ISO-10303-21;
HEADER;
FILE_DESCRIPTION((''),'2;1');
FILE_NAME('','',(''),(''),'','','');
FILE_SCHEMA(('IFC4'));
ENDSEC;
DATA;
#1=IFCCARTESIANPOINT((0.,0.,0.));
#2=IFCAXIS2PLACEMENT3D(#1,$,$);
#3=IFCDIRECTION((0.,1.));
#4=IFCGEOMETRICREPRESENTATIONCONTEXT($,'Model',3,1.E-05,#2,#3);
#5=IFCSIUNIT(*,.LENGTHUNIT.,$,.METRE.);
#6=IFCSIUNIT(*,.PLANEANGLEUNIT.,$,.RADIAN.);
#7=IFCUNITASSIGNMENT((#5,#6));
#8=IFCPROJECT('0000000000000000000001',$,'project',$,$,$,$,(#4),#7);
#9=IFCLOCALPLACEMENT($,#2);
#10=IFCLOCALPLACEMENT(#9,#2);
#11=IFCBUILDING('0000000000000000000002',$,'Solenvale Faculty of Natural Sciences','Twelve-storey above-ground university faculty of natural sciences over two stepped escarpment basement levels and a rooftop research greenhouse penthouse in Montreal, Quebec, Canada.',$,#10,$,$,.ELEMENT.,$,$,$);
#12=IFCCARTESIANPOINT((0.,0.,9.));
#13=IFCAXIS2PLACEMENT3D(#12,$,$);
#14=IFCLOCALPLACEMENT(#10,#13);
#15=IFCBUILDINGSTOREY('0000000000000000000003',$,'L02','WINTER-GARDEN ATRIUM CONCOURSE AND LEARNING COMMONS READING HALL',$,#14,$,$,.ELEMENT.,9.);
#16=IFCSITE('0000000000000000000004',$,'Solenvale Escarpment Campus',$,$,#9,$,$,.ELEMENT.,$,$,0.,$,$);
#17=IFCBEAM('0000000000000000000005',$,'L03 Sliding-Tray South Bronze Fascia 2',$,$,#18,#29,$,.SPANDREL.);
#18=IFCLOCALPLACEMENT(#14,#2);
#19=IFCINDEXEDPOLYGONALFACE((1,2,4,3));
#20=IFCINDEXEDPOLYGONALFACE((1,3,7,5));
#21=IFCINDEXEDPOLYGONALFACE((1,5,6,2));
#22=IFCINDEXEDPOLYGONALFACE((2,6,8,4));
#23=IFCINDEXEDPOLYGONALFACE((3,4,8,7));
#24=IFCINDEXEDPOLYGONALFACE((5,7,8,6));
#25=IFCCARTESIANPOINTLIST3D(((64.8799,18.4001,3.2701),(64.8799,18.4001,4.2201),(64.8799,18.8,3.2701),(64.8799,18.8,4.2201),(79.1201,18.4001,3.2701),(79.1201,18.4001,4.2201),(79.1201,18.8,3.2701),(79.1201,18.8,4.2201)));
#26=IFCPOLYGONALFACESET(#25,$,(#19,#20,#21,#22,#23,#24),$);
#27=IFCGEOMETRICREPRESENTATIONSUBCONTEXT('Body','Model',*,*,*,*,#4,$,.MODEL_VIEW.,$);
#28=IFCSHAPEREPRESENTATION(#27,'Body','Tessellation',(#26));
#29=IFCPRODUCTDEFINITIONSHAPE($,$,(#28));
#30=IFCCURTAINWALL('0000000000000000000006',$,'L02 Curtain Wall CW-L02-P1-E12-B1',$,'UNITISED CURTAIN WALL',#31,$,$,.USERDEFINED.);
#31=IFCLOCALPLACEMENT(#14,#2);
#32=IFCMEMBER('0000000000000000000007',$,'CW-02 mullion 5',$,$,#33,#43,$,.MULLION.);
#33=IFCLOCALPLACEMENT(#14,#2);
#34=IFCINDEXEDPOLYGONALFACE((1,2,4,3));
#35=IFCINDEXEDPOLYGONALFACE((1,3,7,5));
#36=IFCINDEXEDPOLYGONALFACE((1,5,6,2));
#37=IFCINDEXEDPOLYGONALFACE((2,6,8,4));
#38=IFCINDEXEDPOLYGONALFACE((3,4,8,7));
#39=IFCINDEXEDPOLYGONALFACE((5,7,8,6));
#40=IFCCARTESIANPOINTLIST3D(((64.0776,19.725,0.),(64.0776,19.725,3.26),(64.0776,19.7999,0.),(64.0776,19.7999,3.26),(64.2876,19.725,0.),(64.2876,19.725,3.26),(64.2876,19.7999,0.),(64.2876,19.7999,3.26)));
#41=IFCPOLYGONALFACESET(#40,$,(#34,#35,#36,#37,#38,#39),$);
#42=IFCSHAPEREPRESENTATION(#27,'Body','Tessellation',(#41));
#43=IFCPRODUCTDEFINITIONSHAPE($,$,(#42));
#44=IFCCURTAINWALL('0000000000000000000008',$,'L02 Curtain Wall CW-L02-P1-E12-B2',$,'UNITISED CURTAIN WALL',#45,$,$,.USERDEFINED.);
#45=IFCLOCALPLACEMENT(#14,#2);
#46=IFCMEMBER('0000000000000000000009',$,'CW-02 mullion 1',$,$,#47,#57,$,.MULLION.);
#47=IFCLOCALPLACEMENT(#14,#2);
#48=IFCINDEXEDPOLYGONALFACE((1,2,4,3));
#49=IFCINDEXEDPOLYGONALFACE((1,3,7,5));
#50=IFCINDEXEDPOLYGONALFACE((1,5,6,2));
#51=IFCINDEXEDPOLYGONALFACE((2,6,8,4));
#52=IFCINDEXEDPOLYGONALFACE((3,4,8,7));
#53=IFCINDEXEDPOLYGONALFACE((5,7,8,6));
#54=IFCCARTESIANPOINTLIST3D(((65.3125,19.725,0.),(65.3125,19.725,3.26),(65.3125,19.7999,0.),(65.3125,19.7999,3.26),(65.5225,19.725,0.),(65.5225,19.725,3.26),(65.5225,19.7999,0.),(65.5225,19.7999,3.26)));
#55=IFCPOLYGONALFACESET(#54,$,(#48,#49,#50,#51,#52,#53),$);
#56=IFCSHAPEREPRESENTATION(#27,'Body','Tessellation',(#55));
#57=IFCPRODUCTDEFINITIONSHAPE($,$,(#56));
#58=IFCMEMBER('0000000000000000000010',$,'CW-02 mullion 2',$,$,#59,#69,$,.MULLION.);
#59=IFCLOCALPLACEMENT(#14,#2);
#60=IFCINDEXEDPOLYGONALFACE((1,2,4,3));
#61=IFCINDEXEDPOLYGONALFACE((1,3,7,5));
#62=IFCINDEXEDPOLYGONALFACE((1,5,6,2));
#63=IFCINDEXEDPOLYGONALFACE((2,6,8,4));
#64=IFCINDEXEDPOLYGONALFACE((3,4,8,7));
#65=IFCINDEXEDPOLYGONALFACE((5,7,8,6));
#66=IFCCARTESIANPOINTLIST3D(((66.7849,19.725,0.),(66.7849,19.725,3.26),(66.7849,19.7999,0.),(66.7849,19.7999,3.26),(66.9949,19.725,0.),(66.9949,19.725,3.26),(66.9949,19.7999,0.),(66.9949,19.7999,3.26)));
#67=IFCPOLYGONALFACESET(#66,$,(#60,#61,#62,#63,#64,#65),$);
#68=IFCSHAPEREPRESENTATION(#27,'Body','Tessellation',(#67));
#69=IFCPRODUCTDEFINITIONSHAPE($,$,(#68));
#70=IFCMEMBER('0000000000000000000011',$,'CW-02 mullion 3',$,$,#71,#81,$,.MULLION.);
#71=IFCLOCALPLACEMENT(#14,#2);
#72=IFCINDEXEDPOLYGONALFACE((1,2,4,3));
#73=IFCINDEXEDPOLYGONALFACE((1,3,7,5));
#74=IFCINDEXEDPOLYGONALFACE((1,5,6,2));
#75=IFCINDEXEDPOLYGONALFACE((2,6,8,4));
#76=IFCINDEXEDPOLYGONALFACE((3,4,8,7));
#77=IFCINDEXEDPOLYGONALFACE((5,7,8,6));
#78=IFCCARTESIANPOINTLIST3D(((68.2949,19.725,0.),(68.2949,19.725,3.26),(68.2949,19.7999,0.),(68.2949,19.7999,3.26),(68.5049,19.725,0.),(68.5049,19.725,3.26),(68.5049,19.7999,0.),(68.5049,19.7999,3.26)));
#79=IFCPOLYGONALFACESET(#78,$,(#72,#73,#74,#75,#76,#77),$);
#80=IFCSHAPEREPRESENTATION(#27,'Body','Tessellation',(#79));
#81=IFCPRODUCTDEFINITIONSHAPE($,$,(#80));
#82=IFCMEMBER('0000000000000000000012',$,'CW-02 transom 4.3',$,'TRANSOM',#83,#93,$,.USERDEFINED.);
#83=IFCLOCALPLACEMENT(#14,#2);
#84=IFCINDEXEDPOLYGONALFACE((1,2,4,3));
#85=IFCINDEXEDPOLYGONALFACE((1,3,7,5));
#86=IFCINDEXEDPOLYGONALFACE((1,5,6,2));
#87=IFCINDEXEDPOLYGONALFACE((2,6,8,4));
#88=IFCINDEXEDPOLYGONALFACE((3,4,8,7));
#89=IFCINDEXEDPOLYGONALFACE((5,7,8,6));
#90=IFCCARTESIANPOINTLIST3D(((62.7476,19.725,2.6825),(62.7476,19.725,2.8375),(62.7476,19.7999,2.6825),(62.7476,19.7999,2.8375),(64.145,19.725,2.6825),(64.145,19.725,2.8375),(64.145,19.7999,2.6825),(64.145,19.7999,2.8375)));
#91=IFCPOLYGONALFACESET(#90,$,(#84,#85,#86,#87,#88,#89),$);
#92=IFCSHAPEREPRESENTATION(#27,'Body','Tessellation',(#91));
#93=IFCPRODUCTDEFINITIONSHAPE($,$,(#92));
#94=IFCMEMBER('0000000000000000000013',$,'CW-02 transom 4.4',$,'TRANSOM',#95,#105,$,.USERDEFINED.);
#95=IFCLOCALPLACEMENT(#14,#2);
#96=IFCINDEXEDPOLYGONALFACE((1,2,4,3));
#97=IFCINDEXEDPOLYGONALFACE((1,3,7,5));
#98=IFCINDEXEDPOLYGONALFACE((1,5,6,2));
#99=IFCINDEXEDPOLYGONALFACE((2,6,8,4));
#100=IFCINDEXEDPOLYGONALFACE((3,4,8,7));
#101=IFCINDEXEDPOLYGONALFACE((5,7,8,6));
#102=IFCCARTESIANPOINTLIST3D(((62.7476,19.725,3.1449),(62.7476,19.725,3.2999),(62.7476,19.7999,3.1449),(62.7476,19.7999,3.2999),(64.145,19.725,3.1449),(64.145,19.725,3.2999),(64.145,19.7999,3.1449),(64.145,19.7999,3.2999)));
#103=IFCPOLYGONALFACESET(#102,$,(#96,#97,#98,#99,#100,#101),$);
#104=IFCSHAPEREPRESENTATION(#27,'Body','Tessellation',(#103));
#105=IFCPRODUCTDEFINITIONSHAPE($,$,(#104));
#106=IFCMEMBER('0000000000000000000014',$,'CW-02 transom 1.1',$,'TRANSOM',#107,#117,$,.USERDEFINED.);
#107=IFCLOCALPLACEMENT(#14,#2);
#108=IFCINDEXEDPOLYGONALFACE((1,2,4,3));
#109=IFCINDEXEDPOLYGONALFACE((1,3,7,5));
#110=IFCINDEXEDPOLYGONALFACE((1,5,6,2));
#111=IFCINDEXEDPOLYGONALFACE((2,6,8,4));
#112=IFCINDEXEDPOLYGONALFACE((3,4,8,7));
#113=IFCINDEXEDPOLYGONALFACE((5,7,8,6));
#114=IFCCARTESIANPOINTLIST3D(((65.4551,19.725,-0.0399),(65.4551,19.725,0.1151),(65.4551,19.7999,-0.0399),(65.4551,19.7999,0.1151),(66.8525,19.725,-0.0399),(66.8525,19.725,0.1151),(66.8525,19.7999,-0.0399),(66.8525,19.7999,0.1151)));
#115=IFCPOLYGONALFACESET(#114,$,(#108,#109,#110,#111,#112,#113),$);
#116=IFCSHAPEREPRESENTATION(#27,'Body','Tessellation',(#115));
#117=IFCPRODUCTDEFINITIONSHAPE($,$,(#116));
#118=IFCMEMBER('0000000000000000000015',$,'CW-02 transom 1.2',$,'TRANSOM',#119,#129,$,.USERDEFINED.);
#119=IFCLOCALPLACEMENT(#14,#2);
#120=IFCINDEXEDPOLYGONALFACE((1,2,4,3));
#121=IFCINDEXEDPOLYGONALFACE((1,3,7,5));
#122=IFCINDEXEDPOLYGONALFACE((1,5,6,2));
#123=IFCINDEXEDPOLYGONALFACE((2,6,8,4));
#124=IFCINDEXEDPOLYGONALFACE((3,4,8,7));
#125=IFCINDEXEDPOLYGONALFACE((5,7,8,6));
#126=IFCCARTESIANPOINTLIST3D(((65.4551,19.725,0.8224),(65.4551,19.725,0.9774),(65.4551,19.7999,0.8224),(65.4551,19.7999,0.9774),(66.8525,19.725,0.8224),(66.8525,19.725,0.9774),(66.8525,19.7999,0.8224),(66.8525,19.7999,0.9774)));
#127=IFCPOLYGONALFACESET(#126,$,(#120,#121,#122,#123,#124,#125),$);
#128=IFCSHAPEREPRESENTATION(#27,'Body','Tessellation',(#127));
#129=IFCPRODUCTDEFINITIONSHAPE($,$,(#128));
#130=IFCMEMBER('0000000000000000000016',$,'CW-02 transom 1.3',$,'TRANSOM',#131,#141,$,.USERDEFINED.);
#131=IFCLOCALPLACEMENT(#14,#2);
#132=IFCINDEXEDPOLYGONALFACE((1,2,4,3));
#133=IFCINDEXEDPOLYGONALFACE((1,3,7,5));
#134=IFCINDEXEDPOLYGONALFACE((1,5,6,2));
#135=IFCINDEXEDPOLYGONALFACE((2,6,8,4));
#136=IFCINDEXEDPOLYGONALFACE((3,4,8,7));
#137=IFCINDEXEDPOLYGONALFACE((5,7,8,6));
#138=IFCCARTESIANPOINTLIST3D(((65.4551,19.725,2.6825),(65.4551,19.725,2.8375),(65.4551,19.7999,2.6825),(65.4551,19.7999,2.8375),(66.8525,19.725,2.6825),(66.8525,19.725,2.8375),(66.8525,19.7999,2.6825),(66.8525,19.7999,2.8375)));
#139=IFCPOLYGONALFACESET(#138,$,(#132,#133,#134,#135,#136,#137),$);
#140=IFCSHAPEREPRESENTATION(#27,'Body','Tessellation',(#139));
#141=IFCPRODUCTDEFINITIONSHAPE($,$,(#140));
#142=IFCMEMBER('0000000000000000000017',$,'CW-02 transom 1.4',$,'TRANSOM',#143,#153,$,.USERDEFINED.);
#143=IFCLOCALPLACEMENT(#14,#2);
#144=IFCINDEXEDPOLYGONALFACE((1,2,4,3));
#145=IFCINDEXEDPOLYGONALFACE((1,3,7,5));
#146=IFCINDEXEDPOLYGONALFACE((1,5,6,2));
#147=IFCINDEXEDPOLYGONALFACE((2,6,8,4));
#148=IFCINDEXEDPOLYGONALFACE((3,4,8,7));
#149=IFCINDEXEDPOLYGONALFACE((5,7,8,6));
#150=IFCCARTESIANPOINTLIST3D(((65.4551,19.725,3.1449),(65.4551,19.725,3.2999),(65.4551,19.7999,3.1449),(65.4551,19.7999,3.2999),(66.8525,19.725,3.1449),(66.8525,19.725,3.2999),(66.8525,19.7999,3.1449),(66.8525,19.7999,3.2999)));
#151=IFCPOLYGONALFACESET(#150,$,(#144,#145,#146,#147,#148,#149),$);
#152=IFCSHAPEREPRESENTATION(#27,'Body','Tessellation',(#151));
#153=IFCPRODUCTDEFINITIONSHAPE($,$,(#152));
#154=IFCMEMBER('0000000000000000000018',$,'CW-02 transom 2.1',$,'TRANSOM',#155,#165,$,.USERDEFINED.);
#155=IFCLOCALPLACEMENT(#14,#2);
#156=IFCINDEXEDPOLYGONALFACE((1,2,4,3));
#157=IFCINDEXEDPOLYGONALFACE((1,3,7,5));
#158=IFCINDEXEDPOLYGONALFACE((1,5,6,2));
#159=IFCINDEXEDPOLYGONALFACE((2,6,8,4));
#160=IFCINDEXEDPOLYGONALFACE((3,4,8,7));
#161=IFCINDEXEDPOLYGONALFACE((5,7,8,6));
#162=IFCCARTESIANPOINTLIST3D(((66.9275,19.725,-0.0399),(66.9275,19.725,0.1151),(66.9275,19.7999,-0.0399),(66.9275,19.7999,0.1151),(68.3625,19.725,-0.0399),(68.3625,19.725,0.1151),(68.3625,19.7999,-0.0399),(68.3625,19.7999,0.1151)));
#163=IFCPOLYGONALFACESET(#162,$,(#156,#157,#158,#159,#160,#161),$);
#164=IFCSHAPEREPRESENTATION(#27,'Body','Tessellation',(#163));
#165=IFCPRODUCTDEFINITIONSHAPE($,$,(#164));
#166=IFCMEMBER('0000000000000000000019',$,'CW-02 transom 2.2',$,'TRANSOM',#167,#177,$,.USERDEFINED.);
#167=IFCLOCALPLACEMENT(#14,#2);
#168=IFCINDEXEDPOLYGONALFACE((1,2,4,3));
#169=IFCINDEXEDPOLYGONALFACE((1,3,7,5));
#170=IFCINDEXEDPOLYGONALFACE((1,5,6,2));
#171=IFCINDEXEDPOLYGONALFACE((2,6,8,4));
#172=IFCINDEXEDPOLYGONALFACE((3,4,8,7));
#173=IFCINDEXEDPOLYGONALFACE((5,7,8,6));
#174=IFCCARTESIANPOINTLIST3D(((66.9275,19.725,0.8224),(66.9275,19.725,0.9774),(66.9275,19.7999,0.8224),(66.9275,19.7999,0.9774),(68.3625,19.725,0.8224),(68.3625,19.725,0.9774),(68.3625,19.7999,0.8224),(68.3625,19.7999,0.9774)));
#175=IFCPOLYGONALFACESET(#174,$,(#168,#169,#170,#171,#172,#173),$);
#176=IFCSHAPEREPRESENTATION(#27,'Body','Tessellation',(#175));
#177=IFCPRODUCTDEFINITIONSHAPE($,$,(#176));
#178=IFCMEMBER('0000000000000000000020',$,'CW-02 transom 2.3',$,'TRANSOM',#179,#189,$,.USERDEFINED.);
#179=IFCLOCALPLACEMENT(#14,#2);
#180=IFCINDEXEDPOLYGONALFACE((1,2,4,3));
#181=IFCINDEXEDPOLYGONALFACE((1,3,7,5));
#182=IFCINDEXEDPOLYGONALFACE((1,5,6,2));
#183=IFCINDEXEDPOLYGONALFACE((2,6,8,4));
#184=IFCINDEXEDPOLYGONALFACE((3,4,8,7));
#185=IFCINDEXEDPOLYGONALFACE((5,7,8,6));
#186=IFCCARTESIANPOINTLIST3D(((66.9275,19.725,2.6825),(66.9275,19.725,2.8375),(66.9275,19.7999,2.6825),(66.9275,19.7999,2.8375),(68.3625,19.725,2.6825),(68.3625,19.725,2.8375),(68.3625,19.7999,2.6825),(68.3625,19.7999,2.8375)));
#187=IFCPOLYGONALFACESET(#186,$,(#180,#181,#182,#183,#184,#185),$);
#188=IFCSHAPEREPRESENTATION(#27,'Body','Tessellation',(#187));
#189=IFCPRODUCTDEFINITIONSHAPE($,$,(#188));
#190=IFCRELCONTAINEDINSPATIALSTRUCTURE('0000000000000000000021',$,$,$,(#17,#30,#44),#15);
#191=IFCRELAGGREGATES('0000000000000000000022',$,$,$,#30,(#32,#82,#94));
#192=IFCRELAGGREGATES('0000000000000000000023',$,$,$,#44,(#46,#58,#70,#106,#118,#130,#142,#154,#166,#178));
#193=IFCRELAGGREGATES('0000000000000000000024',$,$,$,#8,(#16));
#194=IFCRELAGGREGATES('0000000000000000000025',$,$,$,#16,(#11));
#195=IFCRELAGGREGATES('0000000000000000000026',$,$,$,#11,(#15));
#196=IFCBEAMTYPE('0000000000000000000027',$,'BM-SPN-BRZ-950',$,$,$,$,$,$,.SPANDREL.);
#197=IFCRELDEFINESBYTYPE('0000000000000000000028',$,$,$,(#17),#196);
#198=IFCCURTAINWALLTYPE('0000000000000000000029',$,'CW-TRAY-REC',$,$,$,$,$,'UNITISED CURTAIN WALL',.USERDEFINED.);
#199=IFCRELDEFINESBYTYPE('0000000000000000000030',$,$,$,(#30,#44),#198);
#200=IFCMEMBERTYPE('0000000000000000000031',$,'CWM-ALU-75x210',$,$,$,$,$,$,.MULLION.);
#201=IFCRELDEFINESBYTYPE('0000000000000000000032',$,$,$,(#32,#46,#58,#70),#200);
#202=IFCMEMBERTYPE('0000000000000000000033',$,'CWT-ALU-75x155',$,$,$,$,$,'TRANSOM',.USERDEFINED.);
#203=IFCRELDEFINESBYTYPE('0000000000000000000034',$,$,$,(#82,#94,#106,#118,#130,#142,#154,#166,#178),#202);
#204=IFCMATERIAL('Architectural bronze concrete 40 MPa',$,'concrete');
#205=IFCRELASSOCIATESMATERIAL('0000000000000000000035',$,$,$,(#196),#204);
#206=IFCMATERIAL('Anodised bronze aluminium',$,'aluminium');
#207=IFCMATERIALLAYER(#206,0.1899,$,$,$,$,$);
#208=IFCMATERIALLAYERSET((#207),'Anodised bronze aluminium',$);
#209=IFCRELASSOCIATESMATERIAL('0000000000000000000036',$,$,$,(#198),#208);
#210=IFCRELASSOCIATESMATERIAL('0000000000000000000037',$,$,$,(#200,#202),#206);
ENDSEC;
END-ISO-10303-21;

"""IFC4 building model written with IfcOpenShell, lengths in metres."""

from ifc_helpers import new_model, si_unit, direction, frame, origin, origin_2d, place, context, subcontext, project, spatial, rectangle, extrude, material, layer, layer_set, material_profile, profile_set, type_object, element, aggregate, save


model = new_model("IFC4")

# Units and contexts
model_context = context("Model", 3, precision=1e-05, world=origin(), true_north=direction((0.0, 1.0)))
body_context = subcontext(model_context, "Body", "Model", "MODEL_VIEW")
ifc_project = project(units=[si_unit("LENGTHUNIT", "METRE"), si_unit("PLANEANGLEUNIT", "RADIAN")], contexts=[model_context])

# Site, building, storey
site_placement = place(None, origin())
site = spatial("IfcSite", under=ifc_project, at=site_placement, Name="Solenvale Escarpment Campus", CompositionType="ELEMENT", RefElevation=0.0)
building_placement = place(site_placement, origin())
building = spatial("IfcBuilding", under=site, at=building_placement, Name="Solenvale Faculty of Natural Sciences", Description="Twelve-storey above-ground university faculty of natural sciences over two stepped escarpment basement levels and a rooftop research greenhouse penthouse in Montreal, Quebec, Canada.", CompositionType="ELEMENT")
storey_placement = place(building_placement, frame((0.0, 0.0, 9.0)))
storey = spatial("IfcBuildingStorey", under=building, at=storey_placement, Name="L02", Description="WINTER-GARDEN ATRIUM CONCOURSE AND LEARNING COMMONS READING HALL", CompositionType="ELEMENT", Elevation=9.0)

# Beam
ifc_material_1 = material(Name="Architectural bronze concrete 40 MPa", Category="concrete")
ifc_material_profile_1 = material_profile(ifc_material_1, rectangle(XDim=0.3999, YDim=0.95, at=origin_2d()), Name="RC-SPN-400x950")
ifc_profile_set_1 = profile_set([ifc_material_profile_1], Name="Architectural bronze concrete 40 MPa")
beam_type = type_object("IfcBeamType", Name="BM-SPN-BRZ-950", PredefinedType="SPANDREL", material=ifc_profile_set_1)
beam_placement = place(storey_placement, frame((64.8799, 18.6001, 3.7451), z_axis=(1.0, 0.0, 0.0), x_axis=(0.0, 1.0, 0.0)))
element("IfcBeam", 1, at=beam_placement, inside=storey, type_object=beam_type, Name="L03 Sliding-Tray South Bronze Fascia 2", PredefinedType="SPANDREL", context=body_context, shape_type="SweptSolid", body=[
    extrude(rectangle(XDim=0.3999, YDim=0.95, at=origin_2d()), origin(), (0.0, 0.0, 1.0), 14.2402),
])

# Curtain wall, member
ifc_material_2 = material(Name="Anodised bronze aluminium", Category="aluminium")
ifc_layer_1 = layer(ifc_material_2, 0.1899)
ifc_layer_set_1 = layer_set([ifc_layer_1], Name="Anodised bronze aluminium")
curtain_wall_type = type_object("IfcCurtainWallType", Name="CW-TRAY-REC", ElementType="UNITISED CURTAIN WALL", PredefinedType="USERDEFINED", material=ifc_layer_set_1)
curtain_wall_1_placement = place(storey_placement, origin())
curtain_wall_1 = element("IfcCurtainWall", 2, at=curtain_wall_1_placement, inside=storey, type_object=curtain_wall_type, Name="L02 Curtain Wall CW-L02-P1-E12-B1", ObjectType="UNITISED CURTAIN WALL", PredefinedType="USERDEFINED")
ifc_material_profile_2 = material_profile(ifc_material_2, rectangle(XDim=0.075, YDim=0.21, at=origin_2d()), Name="ALU-MUL-75x210")
ifc_profile_set_2 = profile_set([ifc_material_profile_2], Name="Anodised bronze aluminium")
member_type_1 = type_object("IfcMemberType", Name="CWM-ALU-75x210", PredefinedType="MULLION", material=ifc_profile_set_2)
member_1_placement = place(storey_placement, frame((64.1826, 19.7625, 0.0), z_axis=(0.0, 0.0, 1.0), x_axis=(0.0, 1.0, 0.0)))
member_1 = element("IfcMember", 3, at=member_1_placement, type_object=member_type_1, Name="CW-02 mullion 5", PredefinedType="MULLION", context=body_context, shape_type="SweptSolid", body=[
    extrude(rectangle(XDim=0.075, YDim=0.21, at=origin_2d()), origin(), (0.0, 0.0, 1.0), 3.26),
])

# Curtain wall, members
curtain_wall_2_placement = place(storey_placement, origin())
curtain_wall_2 = element("IfcCurtainWall", 4, at=curtain_wall_2_placement, inside=storey, type_object=curtain_wall_type, Name="L02 Curtain Wall CW-L02-P1-E12-B2", ObjectType="UNITISED CURTAIN WALL", PredefinedType="USERDEFINED")
member_2_placement = place(storey_placement, frame((65.4175, 19.7625, 0.0), z_axis=(0.0, 0.0, 1.0), x_axis=(0.0, 1.0, 0.0)))
member_2 = element("IfcMember", 5, at=member_2_placement, type_object=member_type_1, Name="CW-02 mullion 1", PredefinedType="MULLION", context=body_context, shape_type="SweptSolid", body=[
    extrude(rectangle(XDim=0.075, YDim=0.21, at=origin_2d()), origin(), (0.0, 0.0, 1.0), 3.26),
])
member_3_placement = place(storey_placement, frame((66.8899, 19.7625, 0.0), z_axis=(0.0, 0.0, 1.0), x_axis=(0.0, 1.0, 0.0)))
member_3 = element("IfcMember", 6, at=member_3_placement, type_object=member_type_1, Name="CW-02 mullion 2", PredefinedType="MULLION", context=body_context, shape_type="SweptSolid", body=[
    extrude(rectangle(XDim=0.075, YDim=0.21, at=origin_2d()), origin(), (0.0, 0.0, 1.0), 3.26),
])
member_4_placement = place(storey_placement, frame((68.3999, 19.7625, 0.0), z_axis=(0.0, 0.0, 1.0), x_axis=(0.0, 1.0, 0.0)))
member_4 = element("IfcMember", 7, at=member_4_placement, type_object=member_type_1, Name="CW-02 mullion 3", PredefinedType="MULLION", context=body_context, shape_type="SweptSolid", body=[
    extrude(rectangle(XDim=0.075, YDim=0.21, at=origin_2d()), origin(), (0.0, 0.0, 1.0), 3.26),
])

# Members
ifc_material_profile_3 = material_profile(ifc_material_2, rectangle(XDim=0.075, YDim=0.155, at=origin_2d()), Name="ALU-TRN-75x155")
ifc_profile_set_3 = profile_set([ifc_material_profile_3], Name="Anodised bronze aluminium")
member_type_2 = type_object("IfcMemberType", Name="CWT-ALU-75x155", ElementType="TRANSOM", PredefinedType="USERDEFINED", material=ifc_profile_set_3)
member_5_placement = place(storey_placement, frame((62.7476, 19.7625, 2.76), z_axis=(1.0, 0.0, 0.0), x_axis=(0.0, 1.0, 0.0)))
member_5 = element("IfcMember", 8, at=member_5_placement, type_object=member_type_2, Name="CW-02 transom 4.3", ObjectType="TRANSOM", PredefinedType="USERDEFINED", context=body_context, shape_type="SweptSolid", body=[
    extrude(rectangle(XDim=0.075, YDim=0.155, at=origin_2d()), origin(), (0.0, 0.0, 1.0), 1.3975),
])
member_6_placement = place(storey_placement, frame((62.7476, 19.7625, 3.2224), z_axis=(1.0, 0.0, 0.0), x_axis=(0.0, 1.0, 0.0)))
member_6 = element("IfcMember", 9, at=member_6_placement, type_object=member_type_2, Name="CW-02 transom 4.4", ObjectType="TRANSOM", PredefinedType="USERDEFINED", context=body_context, shape_type="SweptSolid", body=[
    extrude(rectangle(XDim=0.075, YDim=0.155, at=origin_2d()), origin(), (0.0, 0.0, 1.0), 1.3975),
])
member_7_placement = place(storey_placement, frame((65.4551, 19.7625, 0.0376), z_axis=(1.0, 0.0, 0.0), x_axis=(0.0, 1.0, 0.0)))
member_7 = element("IfcMember", 10, at=member_7_placement, type_object=member_type_2, Name="CW-02 transom 1.1", ObjectType="TRANSOM", PredefinedType="USERDEFINED", context=body_context, shape_type="SweptSolid", body=[
    extrude(rectangle(XDim=0.075, YDim=0.155, at=origin_2d()), origin(), (0.0, 0.0, 1.0), 1.3975),
])
member_8_placement = place(storey_placement, frame((65.4551, 19.7625, 0.8999), z_axis=(1.0, 0.0, 0.0), x_axis=(0.0, 1.0, 0.0)))
member_8 = element("IfcMember", 11, at=member_8_placement, type_object=member_type_2, Name="CW-02 transom 1.2", ObjectType="TRANSOM", PredefinedType="USERDEFINED", context=body_context, shape_type="SweptSolid", body=[
    extrude(rectangle(XDim=0.075, YDim=0.155, at=origin_2d()), origin(), (0.0, 0.0, 1.0), 1.3975),
])
member_9_placement = place(storey_placement, frame((65.4551, 19.7625, 2.76), z_axis=(1.0, 0.0, 0.0), x_axis=(0.0, 1.0, 0.0)))
member_9 = element("IfcMember", 12, at=member_9_placement, type_object=member_type_2, Name="CW-02 transom 1.3", ObjectType="TRANSOM", PredefinedType="USERDEFINED", context=body_context, shape_type="SweptSolid", body=[
    extrude(rectangle(XDim=0.075, YDim=0.155, at=origin_2d()), origin(), (0.0, 0.0, 1.0), 1.3975),
])
member_10_placement = place(storey_placement, frame((65.4551, 19.7625, 3.2224), z_axis=(1.0, 0.0, 0.0), x_axis=(0.0, 1.0, 0.0)))
member_10 = element("IfcMember", 13, at=member_10_placement, type_object=member_type_2, Name="CW-02 transom 1.4", ObjectType="TRANSOM", PredefinedType="USERDEFINED", context=body_context, shape_type="SweptSolid", body=[
    extrude(rectangle(XDim=0.075, YDim=0.155, at=origin_2d()), origin(), (0.0, 0.0, 1.0), 1.3975),
])
member_11_placement = place(storey_placement, frame((66.9275, 19.7625, 0.0376), z_axis=(1.0, 0.0, 0.0), x_axis=(0.0, 1.0, 0.0)))
member_11 = element("IfcMember", 14, at=member_11_placement, type_object=member_type_2, Name="CW-02 transom 2.1", ObjectType="TRANSOM", PredefinedType="USERDEFINED", context=body_context, shape_type="SweptSolid", body=[
    extrude(rectangle(XDim=0.075, YDim=0.155, at=origin_2d()), origin(), (0.0, 0.0, 1.0), 1.4351),
])
member_12_placement = place(storey_placement, frame((66.9275, 19.7625, 0.8999), z_axis=(1.0, 0.0, 0.0), x_axis=(0.0, 1.0, 0.0)))
member_12 = element("IfcMember", 15, at=member_12_placement, type_object=member_type_2, Name="CW-02 transom 2.2", ObjectType="TRANSOM", PredefinedType="USERDEFINED", context=body_context, shape_type="SweptSolid", body=[
    extrude(rectangle(XDim=0.075, YDim=0.155, at=origin_2d()), origin(), (0.0, 0.0, 1.0), 1.4351),
])
member_13_placement = place(storey_placement, frame((66.9275, 19.7625, 2.76), z_axis=(1.0, 0.0, 0.0), x_axis=(0.0, 1.0, 0.0)))
member_13 = element("IfcMember", 16, at=member_13_placement, type_object=member_type_2, Name="CW-02 transom 2.3", ObjectType="TRANSOM", PredefinedType="USERDEFINED", context=body_context, shape_type="SweptSolid", body=[
    extrude(rectangle(XDim=0.075, YDim=0.155, at=origin_2d()), origin(), (0.0, 0.0, 1.0), 1.4351),
])

aggregate(curtain_wall_1, [member_1, member_5, member_6])
aggregate(curtain_wall_2, [member_2, member_3, member_4, member_7, member_8, member_9, member_10, member_11, member_12, member_13])

save(model, "model.ifc")
